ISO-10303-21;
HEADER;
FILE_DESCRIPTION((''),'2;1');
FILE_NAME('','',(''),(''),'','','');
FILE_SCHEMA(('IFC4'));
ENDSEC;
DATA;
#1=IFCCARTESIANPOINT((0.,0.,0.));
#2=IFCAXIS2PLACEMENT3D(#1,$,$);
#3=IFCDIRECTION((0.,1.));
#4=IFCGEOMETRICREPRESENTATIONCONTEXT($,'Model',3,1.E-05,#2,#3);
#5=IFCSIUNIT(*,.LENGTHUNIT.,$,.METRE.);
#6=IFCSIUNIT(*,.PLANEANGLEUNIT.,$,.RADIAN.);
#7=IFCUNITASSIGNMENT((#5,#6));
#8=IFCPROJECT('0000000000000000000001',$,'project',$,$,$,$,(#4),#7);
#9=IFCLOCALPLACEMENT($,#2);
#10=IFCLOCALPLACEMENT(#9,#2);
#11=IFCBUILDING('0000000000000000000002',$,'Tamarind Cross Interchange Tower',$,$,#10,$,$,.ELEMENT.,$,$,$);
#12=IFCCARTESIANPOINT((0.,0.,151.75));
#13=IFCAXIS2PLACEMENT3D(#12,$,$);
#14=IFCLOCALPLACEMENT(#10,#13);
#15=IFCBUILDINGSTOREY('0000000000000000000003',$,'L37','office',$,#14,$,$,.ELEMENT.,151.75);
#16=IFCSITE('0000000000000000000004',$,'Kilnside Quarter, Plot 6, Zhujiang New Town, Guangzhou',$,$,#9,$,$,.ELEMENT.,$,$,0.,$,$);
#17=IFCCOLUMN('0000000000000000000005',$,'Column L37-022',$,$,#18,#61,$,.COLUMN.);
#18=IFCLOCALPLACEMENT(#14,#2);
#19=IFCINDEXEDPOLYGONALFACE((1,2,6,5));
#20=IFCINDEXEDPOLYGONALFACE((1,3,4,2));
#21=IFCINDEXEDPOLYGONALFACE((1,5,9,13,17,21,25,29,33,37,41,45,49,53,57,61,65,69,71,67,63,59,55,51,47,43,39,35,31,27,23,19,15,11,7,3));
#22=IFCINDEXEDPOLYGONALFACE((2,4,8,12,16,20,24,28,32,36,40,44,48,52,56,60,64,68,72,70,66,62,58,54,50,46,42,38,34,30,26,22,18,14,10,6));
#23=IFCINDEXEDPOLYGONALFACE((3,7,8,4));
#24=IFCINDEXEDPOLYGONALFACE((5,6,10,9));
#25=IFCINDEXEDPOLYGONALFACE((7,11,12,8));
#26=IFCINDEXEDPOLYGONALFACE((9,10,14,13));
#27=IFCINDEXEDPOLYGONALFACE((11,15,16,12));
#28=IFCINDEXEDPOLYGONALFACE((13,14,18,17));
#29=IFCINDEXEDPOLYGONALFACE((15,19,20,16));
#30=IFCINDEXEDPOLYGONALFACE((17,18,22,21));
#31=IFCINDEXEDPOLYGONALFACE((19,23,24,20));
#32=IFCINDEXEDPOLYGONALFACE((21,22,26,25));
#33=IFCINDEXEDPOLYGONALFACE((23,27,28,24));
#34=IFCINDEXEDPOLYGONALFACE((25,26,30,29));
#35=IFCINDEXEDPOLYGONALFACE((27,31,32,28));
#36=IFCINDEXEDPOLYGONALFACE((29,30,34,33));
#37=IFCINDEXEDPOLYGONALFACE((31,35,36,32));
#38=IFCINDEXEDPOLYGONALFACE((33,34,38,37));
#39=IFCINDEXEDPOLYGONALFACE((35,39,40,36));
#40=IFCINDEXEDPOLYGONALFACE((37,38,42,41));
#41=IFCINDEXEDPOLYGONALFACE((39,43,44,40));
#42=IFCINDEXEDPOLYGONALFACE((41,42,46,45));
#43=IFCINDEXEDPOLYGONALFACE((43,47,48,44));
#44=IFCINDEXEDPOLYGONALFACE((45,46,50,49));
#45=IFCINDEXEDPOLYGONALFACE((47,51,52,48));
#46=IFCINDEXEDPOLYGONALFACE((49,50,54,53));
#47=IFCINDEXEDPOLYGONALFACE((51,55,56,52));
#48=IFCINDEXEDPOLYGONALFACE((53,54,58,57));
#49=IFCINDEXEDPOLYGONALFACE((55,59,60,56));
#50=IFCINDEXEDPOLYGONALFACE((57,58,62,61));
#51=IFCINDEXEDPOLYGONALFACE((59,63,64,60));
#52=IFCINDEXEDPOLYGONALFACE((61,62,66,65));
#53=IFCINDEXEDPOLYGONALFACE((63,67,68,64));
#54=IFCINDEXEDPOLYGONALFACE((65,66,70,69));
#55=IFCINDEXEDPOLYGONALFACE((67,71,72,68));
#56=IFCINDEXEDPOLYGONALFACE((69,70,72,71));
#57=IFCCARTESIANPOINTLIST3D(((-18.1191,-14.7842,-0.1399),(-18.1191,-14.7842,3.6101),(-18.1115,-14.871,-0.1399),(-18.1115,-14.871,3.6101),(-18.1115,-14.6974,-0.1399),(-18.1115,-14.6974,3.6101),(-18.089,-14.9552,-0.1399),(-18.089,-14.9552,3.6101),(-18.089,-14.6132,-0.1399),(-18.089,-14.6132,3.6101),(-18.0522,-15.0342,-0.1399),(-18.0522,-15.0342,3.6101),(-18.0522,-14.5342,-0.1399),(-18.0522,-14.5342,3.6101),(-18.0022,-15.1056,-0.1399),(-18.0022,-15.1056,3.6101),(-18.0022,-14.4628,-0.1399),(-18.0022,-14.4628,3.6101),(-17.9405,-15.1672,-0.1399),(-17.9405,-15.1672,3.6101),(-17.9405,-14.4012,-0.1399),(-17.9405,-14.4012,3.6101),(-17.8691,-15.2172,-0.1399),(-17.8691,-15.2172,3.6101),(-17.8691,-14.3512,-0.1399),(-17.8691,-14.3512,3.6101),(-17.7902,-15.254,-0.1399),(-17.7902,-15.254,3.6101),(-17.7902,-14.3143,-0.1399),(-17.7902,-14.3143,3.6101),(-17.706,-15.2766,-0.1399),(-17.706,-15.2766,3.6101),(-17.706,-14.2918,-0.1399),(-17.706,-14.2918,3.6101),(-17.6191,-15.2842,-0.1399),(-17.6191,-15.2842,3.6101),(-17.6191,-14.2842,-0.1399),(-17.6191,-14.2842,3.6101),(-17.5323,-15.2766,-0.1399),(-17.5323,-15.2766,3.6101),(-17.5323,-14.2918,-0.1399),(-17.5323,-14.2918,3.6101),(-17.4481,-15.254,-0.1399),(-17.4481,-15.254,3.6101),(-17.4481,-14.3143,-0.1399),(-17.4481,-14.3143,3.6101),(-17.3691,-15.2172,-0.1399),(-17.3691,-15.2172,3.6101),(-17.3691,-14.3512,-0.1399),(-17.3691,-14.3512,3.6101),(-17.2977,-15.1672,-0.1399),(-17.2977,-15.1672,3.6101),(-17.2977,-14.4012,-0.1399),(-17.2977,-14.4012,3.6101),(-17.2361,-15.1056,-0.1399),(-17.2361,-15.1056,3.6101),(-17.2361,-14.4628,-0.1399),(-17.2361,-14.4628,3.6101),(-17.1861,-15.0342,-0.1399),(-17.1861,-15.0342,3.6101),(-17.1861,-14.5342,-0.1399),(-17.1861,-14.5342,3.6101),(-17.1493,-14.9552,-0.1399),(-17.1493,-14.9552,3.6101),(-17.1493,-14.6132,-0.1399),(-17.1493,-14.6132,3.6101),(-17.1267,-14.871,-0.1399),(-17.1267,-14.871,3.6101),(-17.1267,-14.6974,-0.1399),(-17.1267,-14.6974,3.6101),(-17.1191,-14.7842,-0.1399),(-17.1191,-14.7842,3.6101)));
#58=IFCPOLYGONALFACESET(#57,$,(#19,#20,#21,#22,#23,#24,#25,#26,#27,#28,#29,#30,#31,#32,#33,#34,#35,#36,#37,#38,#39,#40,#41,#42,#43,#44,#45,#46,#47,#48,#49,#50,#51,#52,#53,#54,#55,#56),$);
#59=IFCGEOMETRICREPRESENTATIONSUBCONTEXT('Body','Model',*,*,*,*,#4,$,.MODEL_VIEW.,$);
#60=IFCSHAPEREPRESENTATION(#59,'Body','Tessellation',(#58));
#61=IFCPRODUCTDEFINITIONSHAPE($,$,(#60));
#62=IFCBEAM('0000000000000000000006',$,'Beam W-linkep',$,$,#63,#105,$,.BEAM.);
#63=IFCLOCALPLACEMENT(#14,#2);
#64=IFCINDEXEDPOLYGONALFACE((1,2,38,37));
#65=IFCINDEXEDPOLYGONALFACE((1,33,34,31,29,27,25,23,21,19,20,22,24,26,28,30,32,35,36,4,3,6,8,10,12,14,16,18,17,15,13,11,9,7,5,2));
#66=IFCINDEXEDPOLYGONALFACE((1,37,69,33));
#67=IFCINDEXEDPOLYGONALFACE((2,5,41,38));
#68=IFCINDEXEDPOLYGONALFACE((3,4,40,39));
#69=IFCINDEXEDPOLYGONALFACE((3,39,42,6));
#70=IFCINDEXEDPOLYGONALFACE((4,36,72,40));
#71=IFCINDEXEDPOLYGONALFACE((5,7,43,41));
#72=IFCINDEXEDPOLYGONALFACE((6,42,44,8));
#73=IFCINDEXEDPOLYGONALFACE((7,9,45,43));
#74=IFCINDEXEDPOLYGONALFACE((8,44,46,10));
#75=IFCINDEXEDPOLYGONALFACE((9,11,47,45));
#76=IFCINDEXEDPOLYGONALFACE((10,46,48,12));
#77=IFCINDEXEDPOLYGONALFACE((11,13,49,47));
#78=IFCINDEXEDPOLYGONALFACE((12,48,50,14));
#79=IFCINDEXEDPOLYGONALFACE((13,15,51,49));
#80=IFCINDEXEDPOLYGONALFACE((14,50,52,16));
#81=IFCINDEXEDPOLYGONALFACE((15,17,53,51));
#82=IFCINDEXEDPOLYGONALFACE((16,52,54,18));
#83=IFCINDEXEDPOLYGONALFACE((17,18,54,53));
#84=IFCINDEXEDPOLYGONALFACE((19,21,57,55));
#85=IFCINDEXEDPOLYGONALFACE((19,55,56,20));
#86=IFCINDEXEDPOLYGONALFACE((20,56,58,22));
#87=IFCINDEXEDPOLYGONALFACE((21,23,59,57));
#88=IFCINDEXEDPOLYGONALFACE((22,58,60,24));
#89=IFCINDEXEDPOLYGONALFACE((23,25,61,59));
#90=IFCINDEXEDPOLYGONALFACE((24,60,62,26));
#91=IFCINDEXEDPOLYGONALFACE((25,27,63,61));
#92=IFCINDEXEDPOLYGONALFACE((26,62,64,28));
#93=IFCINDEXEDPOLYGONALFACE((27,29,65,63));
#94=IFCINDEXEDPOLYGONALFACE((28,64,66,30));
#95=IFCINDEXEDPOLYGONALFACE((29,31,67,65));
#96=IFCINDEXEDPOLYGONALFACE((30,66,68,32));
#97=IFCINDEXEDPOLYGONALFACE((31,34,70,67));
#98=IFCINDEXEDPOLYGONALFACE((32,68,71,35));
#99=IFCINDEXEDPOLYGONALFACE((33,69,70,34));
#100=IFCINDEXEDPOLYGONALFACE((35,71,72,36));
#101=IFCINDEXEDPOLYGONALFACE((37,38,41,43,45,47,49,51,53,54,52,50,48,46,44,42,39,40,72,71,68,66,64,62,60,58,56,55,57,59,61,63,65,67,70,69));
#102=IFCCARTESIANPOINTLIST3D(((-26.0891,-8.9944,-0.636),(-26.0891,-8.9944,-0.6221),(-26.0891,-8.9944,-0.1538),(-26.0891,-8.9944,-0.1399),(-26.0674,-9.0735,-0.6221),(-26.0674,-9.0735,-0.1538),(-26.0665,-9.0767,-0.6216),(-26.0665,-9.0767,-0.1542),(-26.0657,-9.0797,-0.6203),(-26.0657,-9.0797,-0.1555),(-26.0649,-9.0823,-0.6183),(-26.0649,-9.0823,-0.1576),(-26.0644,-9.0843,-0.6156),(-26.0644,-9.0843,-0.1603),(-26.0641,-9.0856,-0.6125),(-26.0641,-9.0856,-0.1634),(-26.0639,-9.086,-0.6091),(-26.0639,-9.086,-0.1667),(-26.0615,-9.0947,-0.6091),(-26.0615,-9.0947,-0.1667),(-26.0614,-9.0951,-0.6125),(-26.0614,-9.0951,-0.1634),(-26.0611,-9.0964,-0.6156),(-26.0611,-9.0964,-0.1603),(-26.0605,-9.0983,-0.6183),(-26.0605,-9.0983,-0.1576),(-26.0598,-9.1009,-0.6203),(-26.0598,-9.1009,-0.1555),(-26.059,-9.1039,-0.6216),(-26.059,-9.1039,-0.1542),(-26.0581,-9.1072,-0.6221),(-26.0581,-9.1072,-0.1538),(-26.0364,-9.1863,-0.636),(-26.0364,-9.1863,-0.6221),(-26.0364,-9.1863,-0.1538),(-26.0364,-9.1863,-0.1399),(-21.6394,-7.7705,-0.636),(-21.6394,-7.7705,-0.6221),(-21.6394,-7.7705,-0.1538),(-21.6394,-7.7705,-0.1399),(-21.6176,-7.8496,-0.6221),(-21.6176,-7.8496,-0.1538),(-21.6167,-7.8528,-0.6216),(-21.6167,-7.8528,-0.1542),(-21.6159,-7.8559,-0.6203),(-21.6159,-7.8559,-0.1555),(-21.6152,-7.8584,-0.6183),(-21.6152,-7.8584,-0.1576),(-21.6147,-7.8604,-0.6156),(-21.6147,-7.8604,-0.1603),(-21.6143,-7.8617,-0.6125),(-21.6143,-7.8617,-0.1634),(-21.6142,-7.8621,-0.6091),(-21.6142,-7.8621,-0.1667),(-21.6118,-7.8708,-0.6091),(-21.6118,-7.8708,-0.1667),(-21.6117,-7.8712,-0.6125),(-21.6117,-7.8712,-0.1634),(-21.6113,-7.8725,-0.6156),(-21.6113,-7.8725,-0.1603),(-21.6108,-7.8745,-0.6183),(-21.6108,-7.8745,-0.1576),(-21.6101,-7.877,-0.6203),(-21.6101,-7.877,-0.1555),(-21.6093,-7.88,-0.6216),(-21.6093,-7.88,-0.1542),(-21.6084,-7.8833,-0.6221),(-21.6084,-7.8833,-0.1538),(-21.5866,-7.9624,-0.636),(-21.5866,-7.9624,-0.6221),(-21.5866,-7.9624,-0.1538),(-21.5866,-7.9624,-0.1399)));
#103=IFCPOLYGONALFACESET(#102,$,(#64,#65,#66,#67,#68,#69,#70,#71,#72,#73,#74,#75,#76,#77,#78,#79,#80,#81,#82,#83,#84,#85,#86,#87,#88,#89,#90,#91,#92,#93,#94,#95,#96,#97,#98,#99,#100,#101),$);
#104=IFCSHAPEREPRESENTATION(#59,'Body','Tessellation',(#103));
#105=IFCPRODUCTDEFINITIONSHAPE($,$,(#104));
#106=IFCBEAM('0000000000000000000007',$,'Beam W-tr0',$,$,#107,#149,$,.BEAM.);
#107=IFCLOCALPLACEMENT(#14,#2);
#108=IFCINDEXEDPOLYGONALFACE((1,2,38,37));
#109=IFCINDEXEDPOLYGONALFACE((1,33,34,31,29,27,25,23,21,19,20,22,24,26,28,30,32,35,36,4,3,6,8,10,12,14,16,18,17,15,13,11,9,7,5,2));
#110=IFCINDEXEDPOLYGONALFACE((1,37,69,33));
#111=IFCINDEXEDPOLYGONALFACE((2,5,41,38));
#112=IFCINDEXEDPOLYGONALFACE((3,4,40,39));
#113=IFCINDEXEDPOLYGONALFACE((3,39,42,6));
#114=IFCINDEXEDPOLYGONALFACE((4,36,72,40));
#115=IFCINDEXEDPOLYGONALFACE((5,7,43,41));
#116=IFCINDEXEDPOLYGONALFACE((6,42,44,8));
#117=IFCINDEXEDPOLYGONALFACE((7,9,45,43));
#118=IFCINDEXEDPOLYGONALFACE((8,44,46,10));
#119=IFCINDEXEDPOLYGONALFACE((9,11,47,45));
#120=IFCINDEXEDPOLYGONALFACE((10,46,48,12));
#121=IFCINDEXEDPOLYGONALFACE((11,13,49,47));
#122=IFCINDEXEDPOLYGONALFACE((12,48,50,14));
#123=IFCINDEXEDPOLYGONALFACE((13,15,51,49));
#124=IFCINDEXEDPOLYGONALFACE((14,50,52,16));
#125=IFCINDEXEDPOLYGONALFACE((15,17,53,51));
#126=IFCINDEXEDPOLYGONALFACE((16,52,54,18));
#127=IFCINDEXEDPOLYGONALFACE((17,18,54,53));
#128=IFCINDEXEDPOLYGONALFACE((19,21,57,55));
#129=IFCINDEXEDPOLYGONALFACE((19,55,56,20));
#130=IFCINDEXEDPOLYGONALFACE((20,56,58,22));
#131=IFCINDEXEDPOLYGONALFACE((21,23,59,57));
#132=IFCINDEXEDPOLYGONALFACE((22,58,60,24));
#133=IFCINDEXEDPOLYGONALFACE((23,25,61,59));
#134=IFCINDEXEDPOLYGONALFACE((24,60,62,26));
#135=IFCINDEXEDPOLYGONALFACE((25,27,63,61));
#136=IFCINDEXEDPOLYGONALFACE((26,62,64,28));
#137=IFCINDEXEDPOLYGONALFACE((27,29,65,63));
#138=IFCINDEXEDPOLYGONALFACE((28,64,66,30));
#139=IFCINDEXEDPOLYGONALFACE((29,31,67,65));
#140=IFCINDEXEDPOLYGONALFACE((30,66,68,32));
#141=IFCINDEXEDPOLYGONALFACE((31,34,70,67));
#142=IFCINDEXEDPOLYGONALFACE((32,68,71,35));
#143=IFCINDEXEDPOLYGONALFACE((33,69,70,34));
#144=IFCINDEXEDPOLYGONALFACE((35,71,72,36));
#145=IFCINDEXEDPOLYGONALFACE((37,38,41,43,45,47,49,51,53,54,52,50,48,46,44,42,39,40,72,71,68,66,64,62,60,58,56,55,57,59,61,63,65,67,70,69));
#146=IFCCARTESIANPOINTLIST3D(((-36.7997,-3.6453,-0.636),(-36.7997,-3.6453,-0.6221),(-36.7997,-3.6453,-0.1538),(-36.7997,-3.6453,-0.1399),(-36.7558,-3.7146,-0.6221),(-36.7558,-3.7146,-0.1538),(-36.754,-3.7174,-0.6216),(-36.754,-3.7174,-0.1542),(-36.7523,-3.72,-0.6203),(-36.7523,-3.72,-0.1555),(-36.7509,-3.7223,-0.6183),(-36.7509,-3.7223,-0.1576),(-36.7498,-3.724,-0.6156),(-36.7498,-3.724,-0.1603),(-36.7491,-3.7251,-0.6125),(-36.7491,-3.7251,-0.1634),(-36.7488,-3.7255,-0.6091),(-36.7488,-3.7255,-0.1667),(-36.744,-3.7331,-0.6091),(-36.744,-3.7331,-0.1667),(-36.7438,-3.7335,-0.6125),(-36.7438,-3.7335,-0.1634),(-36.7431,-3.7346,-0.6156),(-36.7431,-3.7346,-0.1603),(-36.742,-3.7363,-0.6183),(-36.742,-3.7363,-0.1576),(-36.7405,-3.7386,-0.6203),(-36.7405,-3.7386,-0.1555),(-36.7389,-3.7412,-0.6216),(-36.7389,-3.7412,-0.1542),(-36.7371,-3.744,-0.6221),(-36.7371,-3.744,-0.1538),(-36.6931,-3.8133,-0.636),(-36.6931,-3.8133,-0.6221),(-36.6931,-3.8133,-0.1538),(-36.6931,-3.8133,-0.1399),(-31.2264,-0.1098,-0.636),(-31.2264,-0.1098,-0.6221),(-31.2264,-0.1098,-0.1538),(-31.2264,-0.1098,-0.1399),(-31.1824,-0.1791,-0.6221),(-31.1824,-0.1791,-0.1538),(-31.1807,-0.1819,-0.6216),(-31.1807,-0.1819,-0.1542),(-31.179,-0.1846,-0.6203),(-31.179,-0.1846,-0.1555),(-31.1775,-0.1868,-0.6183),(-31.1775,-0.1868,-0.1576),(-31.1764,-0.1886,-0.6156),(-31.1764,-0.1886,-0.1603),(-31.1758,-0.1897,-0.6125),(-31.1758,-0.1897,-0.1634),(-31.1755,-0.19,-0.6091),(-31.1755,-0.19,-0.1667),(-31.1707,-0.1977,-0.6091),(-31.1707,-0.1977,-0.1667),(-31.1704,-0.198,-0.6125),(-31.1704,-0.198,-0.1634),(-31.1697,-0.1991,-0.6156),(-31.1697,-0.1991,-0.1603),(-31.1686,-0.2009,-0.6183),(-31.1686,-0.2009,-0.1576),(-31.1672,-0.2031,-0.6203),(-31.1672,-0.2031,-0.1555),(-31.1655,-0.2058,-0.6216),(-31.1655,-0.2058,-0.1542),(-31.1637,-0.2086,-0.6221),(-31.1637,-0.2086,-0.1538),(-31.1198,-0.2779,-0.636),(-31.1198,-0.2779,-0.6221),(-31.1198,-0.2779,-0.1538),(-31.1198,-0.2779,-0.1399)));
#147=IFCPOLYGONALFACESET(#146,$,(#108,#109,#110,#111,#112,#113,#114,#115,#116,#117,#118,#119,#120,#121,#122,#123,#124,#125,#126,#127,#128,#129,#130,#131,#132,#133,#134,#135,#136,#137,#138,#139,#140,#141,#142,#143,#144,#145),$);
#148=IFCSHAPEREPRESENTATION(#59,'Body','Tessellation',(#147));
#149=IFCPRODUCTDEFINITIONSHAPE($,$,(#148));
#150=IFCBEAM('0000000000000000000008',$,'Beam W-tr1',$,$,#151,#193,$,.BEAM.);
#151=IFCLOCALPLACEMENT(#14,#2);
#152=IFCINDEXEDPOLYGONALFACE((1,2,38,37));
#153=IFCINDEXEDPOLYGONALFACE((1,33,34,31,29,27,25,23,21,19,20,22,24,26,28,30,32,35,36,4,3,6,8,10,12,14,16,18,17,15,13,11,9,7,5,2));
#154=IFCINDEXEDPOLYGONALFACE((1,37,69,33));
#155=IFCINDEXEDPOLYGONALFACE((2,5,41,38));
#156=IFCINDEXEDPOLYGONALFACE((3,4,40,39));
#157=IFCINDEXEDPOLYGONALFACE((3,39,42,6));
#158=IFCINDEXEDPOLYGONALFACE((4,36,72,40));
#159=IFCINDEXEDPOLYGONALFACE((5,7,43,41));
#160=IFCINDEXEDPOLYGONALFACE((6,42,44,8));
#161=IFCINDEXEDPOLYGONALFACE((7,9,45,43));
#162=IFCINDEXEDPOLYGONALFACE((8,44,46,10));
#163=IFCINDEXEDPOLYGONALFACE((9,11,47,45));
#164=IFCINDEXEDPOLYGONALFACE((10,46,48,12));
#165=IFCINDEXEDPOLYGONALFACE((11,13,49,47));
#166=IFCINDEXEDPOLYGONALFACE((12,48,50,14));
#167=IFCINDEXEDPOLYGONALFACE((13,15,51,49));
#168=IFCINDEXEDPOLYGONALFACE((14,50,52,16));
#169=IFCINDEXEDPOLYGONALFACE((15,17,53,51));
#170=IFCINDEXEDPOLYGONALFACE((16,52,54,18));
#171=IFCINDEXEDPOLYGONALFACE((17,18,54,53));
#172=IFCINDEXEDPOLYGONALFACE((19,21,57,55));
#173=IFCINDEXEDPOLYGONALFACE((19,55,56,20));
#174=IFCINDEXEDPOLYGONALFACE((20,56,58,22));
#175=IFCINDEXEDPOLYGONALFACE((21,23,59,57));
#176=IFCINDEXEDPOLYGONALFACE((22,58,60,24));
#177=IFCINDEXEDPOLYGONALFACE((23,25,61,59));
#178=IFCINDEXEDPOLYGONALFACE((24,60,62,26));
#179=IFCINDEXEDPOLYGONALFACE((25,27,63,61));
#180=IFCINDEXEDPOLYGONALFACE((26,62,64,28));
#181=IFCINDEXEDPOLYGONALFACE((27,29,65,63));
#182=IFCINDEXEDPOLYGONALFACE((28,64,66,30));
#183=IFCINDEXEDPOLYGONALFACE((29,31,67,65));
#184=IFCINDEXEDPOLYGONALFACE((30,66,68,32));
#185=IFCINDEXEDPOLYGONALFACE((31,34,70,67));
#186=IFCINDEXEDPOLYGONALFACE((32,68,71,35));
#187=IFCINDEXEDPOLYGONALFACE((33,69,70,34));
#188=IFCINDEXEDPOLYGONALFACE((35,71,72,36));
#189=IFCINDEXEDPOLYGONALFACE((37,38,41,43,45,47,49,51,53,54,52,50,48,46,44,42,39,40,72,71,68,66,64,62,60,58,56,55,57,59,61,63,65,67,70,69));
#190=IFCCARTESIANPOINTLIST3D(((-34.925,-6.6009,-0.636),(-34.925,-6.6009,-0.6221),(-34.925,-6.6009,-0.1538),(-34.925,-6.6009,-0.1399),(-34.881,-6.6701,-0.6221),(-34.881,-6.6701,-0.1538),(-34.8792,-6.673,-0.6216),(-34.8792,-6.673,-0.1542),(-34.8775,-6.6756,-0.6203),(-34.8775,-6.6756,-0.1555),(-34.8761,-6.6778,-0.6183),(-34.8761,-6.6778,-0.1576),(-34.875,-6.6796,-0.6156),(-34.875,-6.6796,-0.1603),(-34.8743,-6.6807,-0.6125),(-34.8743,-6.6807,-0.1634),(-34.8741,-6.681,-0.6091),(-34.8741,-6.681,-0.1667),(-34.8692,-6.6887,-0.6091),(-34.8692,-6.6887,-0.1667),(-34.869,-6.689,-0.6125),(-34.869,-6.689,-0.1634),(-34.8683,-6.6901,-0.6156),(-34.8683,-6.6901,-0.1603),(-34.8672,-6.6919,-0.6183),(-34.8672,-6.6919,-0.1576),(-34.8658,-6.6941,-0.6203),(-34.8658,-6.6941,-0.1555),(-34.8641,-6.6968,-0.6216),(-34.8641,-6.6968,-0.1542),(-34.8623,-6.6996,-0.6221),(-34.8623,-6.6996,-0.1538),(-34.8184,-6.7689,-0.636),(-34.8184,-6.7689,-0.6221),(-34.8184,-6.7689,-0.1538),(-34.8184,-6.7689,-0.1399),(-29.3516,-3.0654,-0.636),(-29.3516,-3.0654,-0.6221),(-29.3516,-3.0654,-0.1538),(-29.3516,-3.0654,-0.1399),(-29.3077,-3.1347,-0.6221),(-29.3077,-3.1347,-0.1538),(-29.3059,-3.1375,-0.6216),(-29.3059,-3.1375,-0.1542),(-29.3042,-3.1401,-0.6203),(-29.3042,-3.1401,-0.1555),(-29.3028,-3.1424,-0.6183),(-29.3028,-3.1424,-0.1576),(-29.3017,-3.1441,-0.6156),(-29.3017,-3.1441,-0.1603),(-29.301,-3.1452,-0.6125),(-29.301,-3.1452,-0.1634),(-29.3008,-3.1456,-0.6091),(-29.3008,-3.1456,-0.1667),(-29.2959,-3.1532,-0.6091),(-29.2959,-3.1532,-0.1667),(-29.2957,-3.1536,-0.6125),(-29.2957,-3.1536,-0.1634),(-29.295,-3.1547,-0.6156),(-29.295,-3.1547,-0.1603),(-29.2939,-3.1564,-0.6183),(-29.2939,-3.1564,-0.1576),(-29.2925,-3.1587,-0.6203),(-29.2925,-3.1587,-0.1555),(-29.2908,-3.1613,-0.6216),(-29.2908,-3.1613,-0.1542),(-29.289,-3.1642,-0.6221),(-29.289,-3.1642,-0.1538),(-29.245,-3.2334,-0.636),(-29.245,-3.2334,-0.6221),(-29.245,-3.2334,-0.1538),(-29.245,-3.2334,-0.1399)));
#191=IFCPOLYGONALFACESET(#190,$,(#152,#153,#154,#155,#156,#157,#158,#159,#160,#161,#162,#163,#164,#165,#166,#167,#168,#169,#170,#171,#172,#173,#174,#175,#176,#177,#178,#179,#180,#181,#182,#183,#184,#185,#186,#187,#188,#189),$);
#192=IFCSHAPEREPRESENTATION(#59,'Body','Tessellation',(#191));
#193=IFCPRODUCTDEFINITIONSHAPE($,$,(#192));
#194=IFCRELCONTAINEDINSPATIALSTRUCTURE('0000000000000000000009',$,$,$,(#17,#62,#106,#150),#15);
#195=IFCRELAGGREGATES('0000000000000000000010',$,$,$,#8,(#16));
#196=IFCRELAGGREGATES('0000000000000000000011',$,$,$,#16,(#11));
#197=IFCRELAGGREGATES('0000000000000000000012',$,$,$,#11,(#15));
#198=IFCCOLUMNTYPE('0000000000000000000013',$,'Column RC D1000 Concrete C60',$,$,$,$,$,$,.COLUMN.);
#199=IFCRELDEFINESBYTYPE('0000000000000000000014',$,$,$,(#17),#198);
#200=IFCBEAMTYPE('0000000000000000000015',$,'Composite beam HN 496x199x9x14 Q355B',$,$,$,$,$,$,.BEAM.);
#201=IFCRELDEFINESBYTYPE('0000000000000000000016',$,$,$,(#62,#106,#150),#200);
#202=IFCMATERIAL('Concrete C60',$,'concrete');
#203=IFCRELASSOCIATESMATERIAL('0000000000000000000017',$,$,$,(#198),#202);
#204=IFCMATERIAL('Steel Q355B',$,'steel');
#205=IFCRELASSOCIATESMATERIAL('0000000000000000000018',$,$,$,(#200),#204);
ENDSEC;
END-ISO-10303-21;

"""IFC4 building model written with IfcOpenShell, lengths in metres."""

from ifc_helpers import new_model, si_unit, direction, frame, origin, origin_2d, place, context, subcontext, project, spatial, circle, i_section, extrude, material, material_profile, profile_set, type_object, element, save


model = new_model("IFC4")

# Units and contexts
model_context = context("Model", 3, precision=1e-05, world=origin(), true_north=direction((0.0, 1.0)))
body_context = subcontext(model_context, "Body", "Model", "MODEL_VIEW")
ifc_project = project(units=[si_unit("LENGTHUNIT", "METRE"), si_unit("PLANEANGLEUNIT", "RADIAN")], contexts=[model_context])

# Site, building, storey
site_placement = place(None, origin())
site = spatial("IfcSite", under=ifc_project, at=site_placement, Name="Kilnside Quarter, Plot 6, Zhujiang New Town, Guangzhou", CompositionType="ELEMENT", RefElevation=0.0)
building_placement = place(site_placement, origin())
building = spatial("IfcBuilding", under=site, at=building_placement, Name="Tamarind Cross Interchange Tower", CompositionType="ELEMENT")
storey_placement = place(building_placement, frame((0.0, 0.0, 151.75)))
storey = spatial("IfcBuildingStorey", under=building, at=storey_placement, Name="L37", Description="office", CompositionType="ELEMENT", Elevation=151.75)

# Column
ifc_material_1 = material(Name="Concrete C60", Category="concrete")
ifc_material_profile_1 = material_profile(ifc_material_1, circle(Radius=0.5, at=origin_2d()), Name="RC D1000")
ifc_profile_set_1 = profile_set([ifc_material_profile_1], Name="Concrete C60")
column_type_1 = type_object("IfcColumnType", Name="Column RC D1000 Concrete C60", PredefinedType="COLUMN", material=ifc_profile_set_1)
for number, where, z_axis, x_axis, name in (
    (1, (-17.6191, -14.7842, -0.1399), (0.0, 0.0, 1.0), (1.0, 0.0, 0.0), "Column L37-022"),
):
    element("IfcColumn", number, at=place(storey_placement, frame(where, z_axis=z_axis, x_axis=x_axis)), inside=storey, type_object=column_type_1, Name=name, PredefinedType="COLUMN", context=body_context, shape_type="SweptSolid", body=[
        extrude(circle(Radius=0.5, at=origin_2d()), origin(), (0.0, 0.0, 1.0), 3.75),
    ])

# Beams
ifc_material_2 = material(Name="Steel Q355B", Category="steel")
ifc_material_profile_2 = material_profile(ifc_material_2, i_section(OverallWidth=0.199, OverallDepth=0.4961, WebThickness=0.009, FlangeThickness=0.0139, FilletRadius=0.0129, at=origin_2d()), Name="HN 496x199x9x14")
ifc_profile_set_2 = profile_set([ifc_material_profile_2], Name="Steel Q355B")
beam_type_1 = type_object("IfcBeamType", Name="Composite beam HN 496x199x9x14 Q355B", PredefinedType="BEAM", material=ifc_profile_set_2)
beam_1_placement = place(storey_placement, frame((-26.0627, -9.0903, -0.3879), z_axis=(0.964194, 0.265198, 0.0), x_axis=(-0.265198, 0.964194, 0.0)))
element("IfcBeam", 2, at=beam_1_placement, inside=storey, type_object=beam_type_1, Name="Beam W-linkep", PredefinedType="BEAM", context=body_context, shape_type="SweptSolid", body=[
    extrude(i_section(OverallWidth=0.199, OverallDepth=0.4961, WebThickness=0.009, FlangeThickness=0.0139, FilletRadius=0.0129, at=origin_2d()), origin(), (0.0, 0.0, 1.0), 4.615),
])
for number, where, z_axis, x_axis, name in (
    (3, (-31.1731, -0.1938, -0.3879), (-0.84443, -0.535666, 0.0), (0.535666, -0.84443, 0.0), "Beam W-tr0"),
    (4, (-29.2983, -3.1494, -0.3879), (-0.84443, -0.535666, 0.0), (0.535666, -0.84443, 0.0), "Beam W-tr1"),
):
    element("IfcBeam", number, at=place(storey_placement, frame(where, z_axis=z_axis, x_axis=x_axis)), inside=storey, type_object=beam_type_1, Name=name, PredefinedType="BEAM", context=body_context, shape_type="SweptSolid", body=[
        extrude(i_section(OverallWidth=0.199, OverallDepth=0.4961, WebThickness=0.009, FlangeThickness=0.0139, FilletRadius=0.0129, at=origin_2d()), origin(), (0.0, 0.0, 1.0), 6.6001),
    ])

save(model, "model.ifc")
